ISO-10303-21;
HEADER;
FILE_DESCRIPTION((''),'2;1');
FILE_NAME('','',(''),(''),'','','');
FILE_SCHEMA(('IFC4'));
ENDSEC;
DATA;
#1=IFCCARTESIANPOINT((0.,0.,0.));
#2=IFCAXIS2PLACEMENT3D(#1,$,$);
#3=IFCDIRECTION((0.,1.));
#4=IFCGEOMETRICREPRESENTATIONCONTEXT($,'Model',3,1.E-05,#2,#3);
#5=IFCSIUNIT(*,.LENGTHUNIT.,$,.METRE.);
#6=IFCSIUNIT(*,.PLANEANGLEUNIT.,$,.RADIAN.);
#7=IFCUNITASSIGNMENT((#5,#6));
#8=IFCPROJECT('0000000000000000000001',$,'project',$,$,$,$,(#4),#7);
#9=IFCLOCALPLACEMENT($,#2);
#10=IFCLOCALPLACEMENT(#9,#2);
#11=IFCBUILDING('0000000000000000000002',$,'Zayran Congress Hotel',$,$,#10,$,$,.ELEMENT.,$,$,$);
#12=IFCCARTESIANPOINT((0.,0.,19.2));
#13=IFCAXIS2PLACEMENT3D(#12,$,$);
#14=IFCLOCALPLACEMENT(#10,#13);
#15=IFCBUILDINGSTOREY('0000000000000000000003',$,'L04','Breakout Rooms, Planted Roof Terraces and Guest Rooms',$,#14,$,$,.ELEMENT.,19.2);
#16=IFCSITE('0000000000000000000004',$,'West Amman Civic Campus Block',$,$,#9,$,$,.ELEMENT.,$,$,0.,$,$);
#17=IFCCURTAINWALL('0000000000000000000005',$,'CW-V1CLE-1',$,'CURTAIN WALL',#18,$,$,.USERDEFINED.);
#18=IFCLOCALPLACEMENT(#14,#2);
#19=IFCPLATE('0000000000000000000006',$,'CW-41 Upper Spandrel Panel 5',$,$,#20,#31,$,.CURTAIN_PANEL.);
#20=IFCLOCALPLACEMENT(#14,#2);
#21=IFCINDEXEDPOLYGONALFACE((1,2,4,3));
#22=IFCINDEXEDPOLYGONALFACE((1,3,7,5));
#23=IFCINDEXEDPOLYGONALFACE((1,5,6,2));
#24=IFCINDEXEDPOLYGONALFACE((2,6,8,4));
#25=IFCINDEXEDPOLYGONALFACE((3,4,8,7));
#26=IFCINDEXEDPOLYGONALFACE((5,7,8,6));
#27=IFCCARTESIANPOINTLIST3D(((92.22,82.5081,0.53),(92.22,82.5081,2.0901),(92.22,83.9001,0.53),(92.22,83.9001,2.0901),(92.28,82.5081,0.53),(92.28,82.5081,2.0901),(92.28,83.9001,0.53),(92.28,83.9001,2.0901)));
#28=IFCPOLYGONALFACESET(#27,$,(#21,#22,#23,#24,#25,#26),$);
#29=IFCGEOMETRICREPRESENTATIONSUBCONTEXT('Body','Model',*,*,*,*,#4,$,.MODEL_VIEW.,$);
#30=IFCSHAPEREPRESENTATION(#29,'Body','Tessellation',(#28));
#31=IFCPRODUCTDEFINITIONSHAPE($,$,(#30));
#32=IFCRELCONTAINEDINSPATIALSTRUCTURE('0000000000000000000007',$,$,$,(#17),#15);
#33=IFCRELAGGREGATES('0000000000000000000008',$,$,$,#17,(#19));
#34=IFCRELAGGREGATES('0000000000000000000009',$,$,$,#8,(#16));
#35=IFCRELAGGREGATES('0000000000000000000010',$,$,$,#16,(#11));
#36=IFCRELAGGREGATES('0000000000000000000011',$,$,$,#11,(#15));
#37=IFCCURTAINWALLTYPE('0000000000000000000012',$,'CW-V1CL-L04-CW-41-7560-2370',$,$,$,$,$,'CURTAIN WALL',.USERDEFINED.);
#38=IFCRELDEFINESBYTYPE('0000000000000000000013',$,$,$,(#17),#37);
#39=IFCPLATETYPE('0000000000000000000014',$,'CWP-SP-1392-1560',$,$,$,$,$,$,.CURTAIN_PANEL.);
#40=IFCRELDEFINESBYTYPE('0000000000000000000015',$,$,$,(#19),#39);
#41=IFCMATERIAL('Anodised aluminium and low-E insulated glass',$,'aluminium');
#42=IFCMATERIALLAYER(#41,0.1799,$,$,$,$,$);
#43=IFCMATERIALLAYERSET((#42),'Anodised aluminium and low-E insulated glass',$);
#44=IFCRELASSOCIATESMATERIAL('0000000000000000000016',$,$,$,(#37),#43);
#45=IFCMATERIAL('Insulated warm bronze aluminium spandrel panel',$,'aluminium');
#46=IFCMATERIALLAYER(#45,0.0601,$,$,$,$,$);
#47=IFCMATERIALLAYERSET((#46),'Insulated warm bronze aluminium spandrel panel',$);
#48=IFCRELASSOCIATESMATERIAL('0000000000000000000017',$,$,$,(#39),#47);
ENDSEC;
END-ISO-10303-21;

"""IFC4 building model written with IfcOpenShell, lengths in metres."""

from ifc_helpers import new_model, si_unit, direction, frame, origin, origin_2d, place, context, subcontext, project, spatial, rectangle, extrude, material, layer, layer_set, type_object, element, aggregate, save


model = new_model("IFC4")

# Units and contexts
model_context = context("Model", 3, precision=1e-05, world=origin(), true_north=direction((0.0, 1.0)))
body_context = subcontext(model_context, "Body", "Model", "MODEL_VIEW")
ifc_project = project(units=[si_unit("LENGTHUNIT", "METRE"), si_unit("PLANEANGLEUNIT", "RADIAN")], contexts=[model_context])

# Site, building, storey
site_placement = place(None, origin())
site = spatial("IfcSite", under=ifc_project, at=site_placement, Name="West Amman Civic Campus Block", CompositionType="ELEMENT", RefElevation=0.0)
building_placement = place(site_placement, origin())
building = spatial("IfcBuilding", under=site, at=building_placement, Name="Zayran Congress Hotel", CompositionType="ELEMENT")
storey_placement = place(building_placement, frame((0.0, 0.0, 19.2)))
storey = spatial("IfcBuildingStorey", under=building, at=storey_placement, Name="L04", Description="Breakout Rooms, Planted Roof Terraces and Guest Rooms", CompositionType="ELEMENT", Elevation=19.2)

# Curtain wall
ifc_material_1 = material(Name="Anodised aluminium and low-E insulated glass", Category="aluminium")
ifc_layer_1 = layer(ifc_material_1, 0.1799)
ifc_layer_set_1 = layer_set([ifc_layer_1], Name="Anodised aluminium and low-E insulated glass")
curtain_wall_type_1 = type_object("IfcCurtainWallType", Name="CW-V1CL-L04-CW-41-7560-2370", ElementType="CURTAIN WALL", PredefinedType="USERDEFINED", material=ifc_layer_set_1)
curtain_wall_1_placement = place(storey_placement, origin())
curtain_wall_1 = element("IfcCurtainWall", 1, at=curtain_wall_1_placement, inside=storey, type_object=curtain_wall_type_1, Name="CW-V1CLE-1", ObjectType="CURTAIN WALL", PredefinedType="USERDEFINED")

# Plate
ifc_material_2 = material(Name="Insulated warm bronze aluminium spandrel panel", Category="aluminium")
ifc_layer_2 = layer(ifc_material_2, 0.0601)
ifc_layer_set_2 = layer_set([ifc_layer_2], Name="Insulated warm bronze aluminium spandrel panel")
plate_type_1 = type_object("IfcPlateType", Name="CWP-SP-1392-1560", PredefinedType="CURTAIN_PANEL", material=ifc_layer_set_2)
plate_1_placement = place(storey_placement, frame((92.25, 83.2041, 0.53), z_axis=(0.0, 0.0, 1.0), x_axis=(0.0, 1.0, 0.0)))
plate_1 = element("IfcPlate", 2, at=plate_1_placement, type_object=plate_type_1, Name="CW-41 Upper Spandrel Panel 5", PredefinedType="CURTAIN_PANEL", context=body_context, shape_type="SweptSolid", body=[
    extrude(rectangle(XDim=1.3921, YDim=0.0601, at=origin_2d()), origin(), (0.0, 0.0, 1.0), 1.5601),
])
aggregate(curtain_wall_1, [plate_1])

save(model, "model.ifc")
